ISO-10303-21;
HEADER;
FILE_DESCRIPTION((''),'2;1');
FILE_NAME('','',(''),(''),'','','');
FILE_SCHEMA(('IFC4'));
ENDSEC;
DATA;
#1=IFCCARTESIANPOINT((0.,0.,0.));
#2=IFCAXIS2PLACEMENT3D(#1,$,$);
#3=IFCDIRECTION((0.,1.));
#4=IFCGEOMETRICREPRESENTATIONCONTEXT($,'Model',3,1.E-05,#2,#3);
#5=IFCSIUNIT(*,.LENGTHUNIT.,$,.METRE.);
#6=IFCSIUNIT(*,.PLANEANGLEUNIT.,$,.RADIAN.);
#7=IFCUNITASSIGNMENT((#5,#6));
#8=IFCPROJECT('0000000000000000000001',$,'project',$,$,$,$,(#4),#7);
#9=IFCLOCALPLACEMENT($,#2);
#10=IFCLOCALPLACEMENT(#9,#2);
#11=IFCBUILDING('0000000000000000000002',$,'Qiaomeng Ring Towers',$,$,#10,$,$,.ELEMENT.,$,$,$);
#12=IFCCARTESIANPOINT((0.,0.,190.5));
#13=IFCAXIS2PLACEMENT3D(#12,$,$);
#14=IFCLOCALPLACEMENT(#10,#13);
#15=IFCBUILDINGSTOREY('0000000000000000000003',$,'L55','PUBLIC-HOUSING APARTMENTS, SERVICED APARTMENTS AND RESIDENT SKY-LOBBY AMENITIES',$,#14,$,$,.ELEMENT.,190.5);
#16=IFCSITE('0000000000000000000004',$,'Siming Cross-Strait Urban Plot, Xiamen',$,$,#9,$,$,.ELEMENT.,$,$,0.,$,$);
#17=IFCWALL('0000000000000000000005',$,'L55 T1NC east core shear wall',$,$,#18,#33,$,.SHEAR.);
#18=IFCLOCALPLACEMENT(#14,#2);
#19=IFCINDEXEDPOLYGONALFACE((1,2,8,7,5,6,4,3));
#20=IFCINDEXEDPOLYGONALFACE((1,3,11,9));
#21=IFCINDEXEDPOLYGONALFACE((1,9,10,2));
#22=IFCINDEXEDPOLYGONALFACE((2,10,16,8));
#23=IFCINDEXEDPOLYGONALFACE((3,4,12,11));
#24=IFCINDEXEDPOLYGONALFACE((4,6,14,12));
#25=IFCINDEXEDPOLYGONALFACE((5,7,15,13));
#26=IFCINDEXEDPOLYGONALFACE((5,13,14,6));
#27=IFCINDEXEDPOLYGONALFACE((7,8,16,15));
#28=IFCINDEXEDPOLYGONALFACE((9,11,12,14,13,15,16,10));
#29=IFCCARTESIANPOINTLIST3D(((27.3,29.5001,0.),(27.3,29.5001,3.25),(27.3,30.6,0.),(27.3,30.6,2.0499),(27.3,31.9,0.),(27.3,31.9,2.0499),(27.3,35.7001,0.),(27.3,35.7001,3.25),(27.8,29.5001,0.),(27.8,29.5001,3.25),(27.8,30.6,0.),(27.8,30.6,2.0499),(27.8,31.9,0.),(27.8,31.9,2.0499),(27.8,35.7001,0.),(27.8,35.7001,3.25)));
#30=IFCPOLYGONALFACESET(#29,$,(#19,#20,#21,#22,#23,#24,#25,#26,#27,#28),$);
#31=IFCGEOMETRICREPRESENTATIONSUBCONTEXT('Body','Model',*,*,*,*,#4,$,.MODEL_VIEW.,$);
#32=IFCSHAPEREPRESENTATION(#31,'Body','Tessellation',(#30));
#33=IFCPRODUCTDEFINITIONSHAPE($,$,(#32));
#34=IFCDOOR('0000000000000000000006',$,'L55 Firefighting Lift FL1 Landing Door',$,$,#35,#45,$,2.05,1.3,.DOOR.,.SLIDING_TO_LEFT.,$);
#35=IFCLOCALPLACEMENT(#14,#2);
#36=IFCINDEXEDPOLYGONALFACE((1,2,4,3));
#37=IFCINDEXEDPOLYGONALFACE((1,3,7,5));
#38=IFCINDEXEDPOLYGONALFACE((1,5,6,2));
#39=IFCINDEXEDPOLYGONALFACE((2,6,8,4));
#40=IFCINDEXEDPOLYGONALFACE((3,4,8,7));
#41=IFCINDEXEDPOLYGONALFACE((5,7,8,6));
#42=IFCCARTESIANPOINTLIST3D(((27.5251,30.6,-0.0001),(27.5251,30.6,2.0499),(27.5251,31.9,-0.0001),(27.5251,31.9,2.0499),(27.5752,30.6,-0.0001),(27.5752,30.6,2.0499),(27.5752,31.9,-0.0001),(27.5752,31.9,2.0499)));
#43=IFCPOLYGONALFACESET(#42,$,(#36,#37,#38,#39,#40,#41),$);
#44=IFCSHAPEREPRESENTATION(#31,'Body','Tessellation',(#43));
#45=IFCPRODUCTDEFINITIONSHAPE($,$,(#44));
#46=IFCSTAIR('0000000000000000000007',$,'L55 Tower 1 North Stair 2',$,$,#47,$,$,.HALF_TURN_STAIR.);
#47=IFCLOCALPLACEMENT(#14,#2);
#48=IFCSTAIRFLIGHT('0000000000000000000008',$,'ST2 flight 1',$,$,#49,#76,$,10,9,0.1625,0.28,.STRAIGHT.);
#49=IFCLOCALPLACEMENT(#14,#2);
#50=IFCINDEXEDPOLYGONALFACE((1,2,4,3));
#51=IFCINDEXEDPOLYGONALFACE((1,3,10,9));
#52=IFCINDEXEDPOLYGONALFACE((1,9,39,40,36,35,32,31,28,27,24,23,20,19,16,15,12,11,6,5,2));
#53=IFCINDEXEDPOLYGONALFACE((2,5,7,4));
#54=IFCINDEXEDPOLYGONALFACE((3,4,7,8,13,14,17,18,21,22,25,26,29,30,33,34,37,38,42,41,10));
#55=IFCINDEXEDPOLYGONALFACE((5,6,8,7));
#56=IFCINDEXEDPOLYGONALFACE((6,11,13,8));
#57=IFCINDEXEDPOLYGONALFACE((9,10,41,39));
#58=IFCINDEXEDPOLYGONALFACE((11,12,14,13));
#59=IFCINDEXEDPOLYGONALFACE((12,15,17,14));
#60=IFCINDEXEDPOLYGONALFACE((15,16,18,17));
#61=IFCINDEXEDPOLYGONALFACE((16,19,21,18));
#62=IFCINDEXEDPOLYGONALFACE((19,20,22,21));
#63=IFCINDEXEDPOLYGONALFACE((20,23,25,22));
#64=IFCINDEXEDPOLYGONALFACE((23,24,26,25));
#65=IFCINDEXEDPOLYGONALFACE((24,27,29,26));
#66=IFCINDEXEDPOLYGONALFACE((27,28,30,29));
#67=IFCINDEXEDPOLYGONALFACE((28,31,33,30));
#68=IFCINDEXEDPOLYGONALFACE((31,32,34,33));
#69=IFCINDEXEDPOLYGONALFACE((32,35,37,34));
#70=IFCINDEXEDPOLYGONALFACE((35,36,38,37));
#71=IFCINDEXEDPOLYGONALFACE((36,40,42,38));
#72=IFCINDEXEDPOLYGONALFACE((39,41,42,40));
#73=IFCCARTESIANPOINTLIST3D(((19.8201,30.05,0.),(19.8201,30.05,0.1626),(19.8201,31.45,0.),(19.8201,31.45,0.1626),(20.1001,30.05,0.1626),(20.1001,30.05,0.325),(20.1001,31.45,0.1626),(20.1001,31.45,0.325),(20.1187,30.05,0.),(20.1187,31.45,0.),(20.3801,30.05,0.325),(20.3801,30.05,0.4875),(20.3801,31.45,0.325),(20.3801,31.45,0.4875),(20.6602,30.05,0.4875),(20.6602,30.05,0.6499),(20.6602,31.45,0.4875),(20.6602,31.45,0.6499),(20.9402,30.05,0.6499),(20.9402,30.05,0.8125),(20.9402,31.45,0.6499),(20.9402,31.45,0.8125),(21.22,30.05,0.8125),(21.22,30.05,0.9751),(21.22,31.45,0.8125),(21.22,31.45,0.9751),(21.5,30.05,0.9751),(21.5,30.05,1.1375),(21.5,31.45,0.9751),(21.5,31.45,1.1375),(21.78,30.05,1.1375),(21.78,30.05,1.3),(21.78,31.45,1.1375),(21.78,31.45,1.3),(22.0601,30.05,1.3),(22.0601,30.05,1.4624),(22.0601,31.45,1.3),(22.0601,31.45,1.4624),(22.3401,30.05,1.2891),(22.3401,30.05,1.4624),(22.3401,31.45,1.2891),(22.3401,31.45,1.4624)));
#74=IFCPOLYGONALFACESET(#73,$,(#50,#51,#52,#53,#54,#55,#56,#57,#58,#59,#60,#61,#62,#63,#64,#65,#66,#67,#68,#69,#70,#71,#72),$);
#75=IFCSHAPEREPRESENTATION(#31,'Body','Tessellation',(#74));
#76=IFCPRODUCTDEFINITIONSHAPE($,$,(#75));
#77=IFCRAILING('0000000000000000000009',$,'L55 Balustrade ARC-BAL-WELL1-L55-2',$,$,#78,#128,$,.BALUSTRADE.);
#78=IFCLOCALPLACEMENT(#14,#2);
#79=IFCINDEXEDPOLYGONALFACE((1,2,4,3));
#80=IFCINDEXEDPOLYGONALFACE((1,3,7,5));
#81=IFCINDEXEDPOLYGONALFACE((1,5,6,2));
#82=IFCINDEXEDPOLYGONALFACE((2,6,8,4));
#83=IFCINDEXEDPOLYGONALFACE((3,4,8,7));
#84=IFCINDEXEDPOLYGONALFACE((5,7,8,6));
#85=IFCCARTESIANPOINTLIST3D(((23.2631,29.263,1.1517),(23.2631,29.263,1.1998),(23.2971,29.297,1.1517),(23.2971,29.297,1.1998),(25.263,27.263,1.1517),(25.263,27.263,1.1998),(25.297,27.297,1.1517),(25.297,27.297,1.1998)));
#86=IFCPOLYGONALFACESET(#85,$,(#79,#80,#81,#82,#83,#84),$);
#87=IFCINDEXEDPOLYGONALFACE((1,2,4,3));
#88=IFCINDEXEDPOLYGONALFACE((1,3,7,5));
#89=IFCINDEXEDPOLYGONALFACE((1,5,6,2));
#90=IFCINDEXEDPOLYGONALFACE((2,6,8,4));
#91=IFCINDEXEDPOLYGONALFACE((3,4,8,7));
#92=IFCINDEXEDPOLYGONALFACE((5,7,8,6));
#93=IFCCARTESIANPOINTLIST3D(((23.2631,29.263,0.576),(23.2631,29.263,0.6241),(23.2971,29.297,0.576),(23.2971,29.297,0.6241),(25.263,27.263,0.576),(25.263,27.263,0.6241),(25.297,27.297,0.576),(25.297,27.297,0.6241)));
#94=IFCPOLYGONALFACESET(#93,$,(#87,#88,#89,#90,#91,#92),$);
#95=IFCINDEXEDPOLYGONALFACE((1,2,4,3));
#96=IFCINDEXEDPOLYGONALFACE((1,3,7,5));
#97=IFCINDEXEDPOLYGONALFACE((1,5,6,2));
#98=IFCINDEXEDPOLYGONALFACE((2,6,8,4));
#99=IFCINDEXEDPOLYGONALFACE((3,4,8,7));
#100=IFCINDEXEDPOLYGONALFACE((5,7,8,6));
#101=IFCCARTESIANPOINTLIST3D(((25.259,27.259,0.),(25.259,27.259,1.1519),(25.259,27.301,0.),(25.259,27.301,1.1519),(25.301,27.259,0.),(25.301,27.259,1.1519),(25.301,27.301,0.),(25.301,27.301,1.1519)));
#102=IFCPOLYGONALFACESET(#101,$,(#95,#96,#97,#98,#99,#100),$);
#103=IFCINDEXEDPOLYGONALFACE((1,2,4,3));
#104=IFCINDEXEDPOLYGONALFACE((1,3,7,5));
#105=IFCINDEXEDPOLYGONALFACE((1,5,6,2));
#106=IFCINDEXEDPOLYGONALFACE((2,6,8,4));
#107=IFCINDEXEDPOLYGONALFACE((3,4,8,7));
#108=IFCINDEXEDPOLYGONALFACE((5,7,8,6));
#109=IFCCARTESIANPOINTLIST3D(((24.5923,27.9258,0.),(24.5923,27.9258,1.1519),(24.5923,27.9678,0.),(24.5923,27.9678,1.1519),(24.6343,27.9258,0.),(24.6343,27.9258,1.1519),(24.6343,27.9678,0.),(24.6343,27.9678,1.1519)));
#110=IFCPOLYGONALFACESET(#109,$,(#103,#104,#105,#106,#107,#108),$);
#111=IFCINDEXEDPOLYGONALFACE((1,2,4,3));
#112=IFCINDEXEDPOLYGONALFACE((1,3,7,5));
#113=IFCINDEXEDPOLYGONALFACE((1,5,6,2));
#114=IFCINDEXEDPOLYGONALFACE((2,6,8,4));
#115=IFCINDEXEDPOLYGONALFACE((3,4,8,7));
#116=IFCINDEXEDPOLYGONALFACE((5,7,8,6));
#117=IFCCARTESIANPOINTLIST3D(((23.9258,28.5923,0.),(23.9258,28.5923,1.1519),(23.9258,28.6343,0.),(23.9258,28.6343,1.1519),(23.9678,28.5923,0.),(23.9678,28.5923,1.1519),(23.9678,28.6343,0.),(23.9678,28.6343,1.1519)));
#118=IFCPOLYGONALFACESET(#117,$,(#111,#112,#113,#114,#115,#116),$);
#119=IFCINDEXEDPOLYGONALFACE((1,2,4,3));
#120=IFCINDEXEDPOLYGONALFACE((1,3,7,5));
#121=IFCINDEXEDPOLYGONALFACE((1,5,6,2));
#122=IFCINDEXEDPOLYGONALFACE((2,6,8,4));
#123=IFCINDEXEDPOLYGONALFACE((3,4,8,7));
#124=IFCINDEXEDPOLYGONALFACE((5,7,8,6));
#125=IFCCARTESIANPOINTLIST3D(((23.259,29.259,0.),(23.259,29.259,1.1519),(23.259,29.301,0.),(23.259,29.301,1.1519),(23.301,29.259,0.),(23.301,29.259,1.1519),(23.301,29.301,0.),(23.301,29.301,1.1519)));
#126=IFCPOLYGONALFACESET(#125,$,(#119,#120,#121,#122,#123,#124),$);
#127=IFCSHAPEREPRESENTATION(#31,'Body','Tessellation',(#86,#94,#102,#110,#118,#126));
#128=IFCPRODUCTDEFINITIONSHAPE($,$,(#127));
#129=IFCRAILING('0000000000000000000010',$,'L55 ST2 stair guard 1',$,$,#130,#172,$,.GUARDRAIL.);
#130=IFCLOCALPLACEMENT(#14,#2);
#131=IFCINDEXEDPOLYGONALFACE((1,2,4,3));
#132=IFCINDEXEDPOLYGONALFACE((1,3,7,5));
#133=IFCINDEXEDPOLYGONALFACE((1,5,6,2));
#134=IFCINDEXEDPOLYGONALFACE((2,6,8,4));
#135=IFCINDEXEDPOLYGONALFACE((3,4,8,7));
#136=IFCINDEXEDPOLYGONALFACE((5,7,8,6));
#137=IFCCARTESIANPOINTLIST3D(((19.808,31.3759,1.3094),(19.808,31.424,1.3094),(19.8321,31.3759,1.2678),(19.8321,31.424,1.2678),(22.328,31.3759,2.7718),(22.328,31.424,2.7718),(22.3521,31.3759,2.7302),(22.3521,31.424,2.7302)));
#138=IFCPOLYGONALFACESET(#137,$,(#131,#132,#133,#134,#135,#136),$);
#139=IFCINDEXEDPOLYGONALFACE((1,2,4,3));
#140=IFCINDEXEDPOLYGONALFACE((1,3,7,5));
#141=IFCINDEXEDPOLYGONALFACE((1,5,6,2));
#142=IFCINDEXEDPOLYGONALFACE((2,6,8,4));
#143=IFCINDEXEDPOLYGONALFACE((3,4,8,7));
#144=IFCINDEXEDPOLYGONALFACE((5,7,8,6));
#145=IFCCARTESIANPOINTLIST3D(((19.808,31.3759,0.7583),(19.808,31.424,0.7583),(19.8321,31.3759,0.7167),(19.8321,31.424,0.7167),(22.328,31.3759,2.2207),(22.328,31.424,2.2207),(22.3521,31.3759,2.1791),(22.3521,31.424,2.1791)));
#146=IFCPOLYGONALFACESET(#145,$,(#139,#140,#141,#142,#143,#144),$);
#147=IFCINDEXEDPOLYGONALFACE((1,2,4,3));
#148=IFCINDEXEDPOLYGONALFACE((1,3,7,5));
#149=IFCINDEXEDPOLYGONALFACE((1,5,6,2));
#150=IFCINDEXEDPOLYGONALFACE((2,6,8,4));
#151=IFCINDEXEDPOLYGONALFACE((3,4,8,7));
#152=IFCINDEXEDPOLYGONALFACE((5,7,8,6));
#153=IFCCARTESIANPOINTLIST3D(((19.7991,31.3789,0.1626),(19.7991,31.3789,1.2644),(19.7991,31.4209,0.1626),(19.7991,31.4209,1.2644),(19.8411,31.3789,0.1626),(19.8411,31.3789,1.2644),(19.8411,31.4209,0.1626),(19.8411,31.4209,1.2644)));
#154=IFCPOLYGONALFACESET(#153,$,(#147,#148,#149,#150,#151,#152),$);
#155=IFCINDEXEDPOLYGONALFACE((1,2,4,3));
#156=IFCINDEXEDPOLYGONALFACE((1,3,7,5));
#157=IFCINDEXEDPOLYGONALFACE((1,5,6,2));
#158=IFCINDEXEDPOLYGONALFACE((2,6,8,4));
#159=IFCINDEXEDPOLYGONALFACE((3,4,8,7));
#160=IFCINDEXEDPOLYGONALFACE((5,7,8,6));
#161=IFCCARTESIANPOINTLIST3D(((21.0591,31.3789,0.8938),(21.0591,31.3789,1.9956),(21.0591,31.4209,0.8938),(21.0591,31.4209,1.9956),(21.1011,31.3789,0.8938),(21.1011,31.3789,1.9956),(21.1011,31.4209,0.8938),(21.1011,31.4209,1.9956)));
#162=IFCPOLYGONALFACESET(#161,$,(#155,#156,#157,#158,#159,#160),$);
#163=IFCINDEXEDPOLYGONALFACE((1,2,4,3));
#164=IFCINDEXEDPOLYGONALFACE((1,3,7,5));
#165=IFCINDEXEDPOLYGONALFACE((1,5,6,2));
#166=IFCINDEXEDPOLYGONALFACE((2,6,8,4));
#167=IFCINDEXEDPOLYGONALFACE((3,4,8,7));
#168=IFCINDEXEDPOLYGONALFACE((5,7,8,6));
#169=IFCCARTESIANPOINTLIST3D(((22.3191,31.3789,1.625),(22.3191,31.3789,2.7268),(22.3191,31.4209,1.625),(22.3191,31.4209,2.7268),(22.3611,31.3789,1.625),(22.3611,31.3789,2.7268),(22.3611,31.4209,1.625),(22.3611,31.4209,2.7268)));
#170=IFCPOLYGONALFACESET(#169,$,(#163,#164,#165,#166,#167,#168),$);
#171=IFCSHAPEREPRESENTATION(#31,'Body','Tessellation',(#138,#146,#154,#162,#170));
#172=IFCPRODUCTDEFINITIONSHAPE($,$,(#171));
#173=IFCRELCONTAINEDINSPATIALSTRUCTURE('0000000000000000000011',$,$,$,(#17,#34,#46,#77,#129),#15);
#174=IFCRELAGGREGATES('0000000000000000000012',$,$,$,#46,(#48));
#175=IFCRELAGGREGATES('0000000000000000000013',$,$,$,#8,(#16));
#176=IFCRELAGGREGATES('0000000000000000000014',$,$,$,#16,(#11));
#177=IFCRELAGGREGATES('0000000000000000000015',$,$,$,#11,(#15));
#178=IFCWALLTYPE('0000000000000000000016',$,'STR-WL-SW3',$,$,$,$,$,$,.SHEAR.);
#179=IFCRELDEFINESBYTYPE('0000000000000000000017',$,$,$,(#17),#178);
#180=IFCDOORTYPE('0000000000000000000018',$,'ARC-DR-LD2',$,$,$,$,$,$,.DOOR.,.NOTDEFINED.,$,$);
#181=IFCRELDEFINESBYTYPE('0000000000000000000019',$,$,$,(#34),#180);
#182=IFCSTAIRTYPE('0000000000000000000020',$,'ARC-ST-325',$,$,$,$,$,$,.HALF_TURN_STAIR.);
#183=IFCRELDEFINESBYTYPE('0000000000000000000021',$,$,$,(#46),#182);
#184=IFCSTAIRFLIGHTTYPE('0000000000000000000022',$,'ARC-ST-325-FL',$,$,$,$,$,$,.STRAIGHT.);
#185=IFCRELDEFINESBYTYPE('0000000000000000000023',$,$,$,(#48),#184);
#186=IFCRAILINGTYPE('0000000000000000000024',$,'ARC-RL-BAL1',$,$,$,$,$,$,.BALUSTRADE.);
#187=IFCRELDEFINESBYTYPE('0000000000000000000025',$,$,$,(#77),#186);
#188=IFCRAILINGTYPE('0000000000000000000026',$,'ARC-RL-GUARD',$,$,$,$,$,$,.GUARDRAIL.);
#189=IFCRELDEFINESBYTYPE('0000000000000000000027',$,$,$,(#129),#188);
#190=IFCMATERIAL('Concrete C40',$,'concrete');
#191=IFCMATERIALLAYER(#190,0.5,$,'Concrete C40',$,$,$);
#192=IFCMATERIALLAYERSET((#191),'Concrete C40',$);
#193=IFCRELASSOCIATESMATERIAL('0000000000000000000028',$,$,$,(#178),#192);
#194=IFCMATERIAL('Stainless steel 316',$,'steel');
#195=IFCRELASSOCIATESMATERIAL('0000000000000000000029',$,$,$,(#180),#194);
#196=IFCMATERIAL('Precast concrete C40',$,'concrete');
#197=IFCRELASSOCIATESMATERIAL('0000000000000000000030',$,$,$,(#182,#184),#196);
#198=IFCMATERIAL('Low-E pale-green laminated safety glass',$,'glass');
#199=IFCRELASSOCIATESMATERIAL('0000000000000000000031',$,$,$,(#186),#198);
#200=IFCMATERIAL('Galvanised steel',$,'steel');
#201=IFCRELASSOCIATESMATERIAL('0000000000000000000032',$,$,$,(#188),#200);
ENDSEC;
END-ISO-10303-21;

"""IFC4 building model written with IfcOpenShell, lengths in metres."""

from ifc_helpers import new_model, si_unit, direction, frame, frame_2d, origin, origin_2d, place, context, subcontext, project, spatial, polyline, rectangle, outline, extrude, source, transform, mapped, material, layer, layer_set, type_object, element, fill, aggregate, save


model = new_model("IFC4")

# Units and contexts
model_context = context("Model", 3, precision=1e-05, world=origin(), true_north=direction((0.0, 1.0)))
body_context = subcontext(model_context, "Body", "Model", "MODEL_VIEW")
ifc_project = project(units=[si_unit("LENGTHUNIT", "METRE"), si_unit("PLANEANGLEUNIT", "RADIAN")], contexts=[model_context])

# Site, building, storey
site_placement = place(None, origin())
site = spatial("IfcSite", under=ifc_project, at=site_placement, Name="Siming Cross-Strait Urban Plot, Xiamen", CompositionType="ELEMENT", RefElevation=0.0)
building_placement = place(site_placement, origin())
building = spatial("IfcBuilding", under=site, at=building_placement, Name="Qiaomeng Ring Towers", CompositionType="ELEMENT")
storey_placement = place(building_placement, frame((0.0, 0.0, 190.5)))
storey = spatial("IfcBuildingStorey", under=building, at=storey_placement, Name="L55", Description="PUBLIC-HOUSING APARTMENTS, SERVICED APARTMENTS AND RESIDENT SKY-LOBBY AMENITIES", CompositionType="ELEMENT", Elevation=190.5)

# Shared definitions
ifc_material_1 = material(Name="Concrete C40", Category="concrete")

# Shared definitions
ifc_material_2 = material(Name="Stainless steel 316", Category="steel")

# Shared definitions
ifc_material_3 = material(Name="Galvanised steel", Category="steel")

# Wall, opening, door
ifc_layer_1 = layer(ifc_material_1, 0.5, Name="Concrete C40")
ifc_layer_set_1 = layer_set([ifc_layer_1], Name="Concrete C40")
wall_type_1 = type_object("IfcWallType", Name="STR-WL-SW3", PredefinedType="SHEAR", material=ifc_layer_set_1)
wall_1_placement = place(storey_placement, frame((27.55, 29.5, 0.0), z_axis=(0.0, 0.0, 1.0), x_axis=(0.0, 1.0, 0.0)))
wall_1 = element("IfcWall", 1, at=wall_1_placement, inside=storey, type_object=wall_type_1, Name="L55 T1NC east core shear wall", PredefinedType="SHEAR", context=body_context, shape_type="SweptSolid", body=[
    extrude(rectangle(XDim=6.2, YDim=0.5, at=frame_2d((3.1001, 0.0))), origin(), (0.0, 0.0, 1.0), 3.25),
])
opening_1_placement = place(wall_1_placement, frame((1.1001, 0.0, 0.0)))
opening_1 = element("IfcOpeningElement", 2, at=opening_1_placement, cuts=wall_1, PredefinedType="OPENING", context=body_context, shape_type="SweptSolid", body=[
    extrude(rectangle(XDim=1.3, YDim=2.05, at=frame_2d((0.6499, 1.0249))), frame((0.0, 0.26, 0.0), z_axis=(0.0, -1.0, 0.0), x_axis=(1.0, 0.0, 0.0)), (0.0, 0.0, 1.0), 0.52),
])
door_type_1 = type_object("IfcDoorType", Name="ARC-DR-LD2", OperationType="NOTDEFINED", PredefinedType="DOOR", material=ifc_material_2)
shared_shape_1 = source(origin(), body_context, "Body", "SweptSolid", [
    extrude(rectangle(XDim=1.3, YDim=2.05, at=frame_2d((0.6499, 1.0249))), frame((0.0, 0.0249, 0.0), z_axis=(0.0, -1.0, 0.0), x_axis=(1.0, 0.0, 0.0)), (0.0, 0.0, 1.0), 0.05),
])
door_1_placement = place(opening_1_placement, origin())
door_1 = element("IfcDoor", 3, at=door_1_placement, inside=storey, type_object=door_type_1, Name="L55 Firefighting Lift FL1 Landing Door", OperationType="SLIDING_TO_LEFT", OverallHeight=2.05, OverallWidth=1.3, PredefinedType="DOOR", context=body_context, shape_type="MappedRepresentation", body=[
    mapped(shared_shape_1, transform((0.0, 0.0, 0.0), x_axis=(1.0, 0.0, 0.0), y_axis=(0.0, 1.0, 0.0), z_axis=(0.0, 0.0, 1.0), scale=1.0)),
])
fill(opening_1, door_1)

# Stair, stair flight
ifc_material_4 = material(Name="Precast concrete C40", Category="concrete")
stair_type = type_object("IfcStairType", Name="ARC-ST-325", PredefinedType="HALF_TURN_STAIR", material=ifc_material_4)
stair_placement = place(storey_placement, origin())
stair = element("IfcStair", 4, at=stair_placement, inside=storey, type_object=stair_type, Name="L55 Tower 1 North Stair 2", PredefinedType="HALF_TURN_STAIR")
stair_flight_type = type_object("IfcStairFlightType", Name="ARC-ST-325-FL", PredefinedType="STRAIGHT", material=ifc_material_4)
shared_shape_2 = source(origin(), body_context, "Body", "SweptSolid", [
    extrude(outline(polyline([(0.0, 0.0), (0.0, 0.1626), (0.28, 0.1626), (0.28, 0.325), (0.5601, 0.325), (0.5601, 0.4875), (0.8401, 0.4875), (0.8401, 0.6499), (1.1201, 0.6499), (1.1201, 0.8125), (1.3999, 0.8125), (1.3999, 0.9751), (1.6799, 0.9751), (1.6799, 1.1375), (1.96, 1.1375), (1.96, 1.3), (2.24, 1.3), (2.24, 1.4624), (2.52, 1.4624), (2.52, 1.625), (2.52, 1.2891), (0.2986, 0.0), (0.0, 0.0)])), frame((0.0, 0.7, 0.0), z_axis=(0.0, -1.0, 0.0), x_axis=(1.0, 0.0, 0.0)), (0.0, 0.0, 1.0), 1.3999),
])
stair_flight_placement = place(storey_placement, frame((19.8201, 30.75, 0.0), z_axis=(0.0, 0.0, 1.0), x_axis=(1.0, 0.0, 0.0)))
stair_flight = element("IfcStairFlight", 5, at=stair_flight_placement, type_object=stair_flight_type, Name="ST2 flight 1", NumberOfRisers=10, NumberOfTreads=9, PredefinedType="STRAIGHT", RiserHeight=0.1625, TreadLength=0.28, context=body_context, shape_type="MappedRepresentation", body=[
    mapped(shared_shape_2, transform((0.0, 0.0, 0.0), x_axis=(1.0, 0.0, 0.0), y_axis=(0.0, 1.0, 0.0), z_axis=(0.0, 0.0, 1.0), scale=1.0)),
])
aggregate(stair, [stair_flight])

# Railings
ifc_material_5 = material(Name="Low-E pale-green laminated safety glass", Category="glass")
railing_type_1 = type_object("IfcRailingType", Name="ARC-RL-BAL1", PredefinedType="BALUSTRADE", material=ifc_material_5)
railing_1_placement = place(storey_placement, frame((25.28, 27.28, 0.0)))
element("IfcRailing", 6, at=railing_1_placement, inside=storey, type_object=railing_type_1, Name="L55 Balustrade ARC-BAL-WELL1-L55-2", PredefinedType="BALUSTRADE", context=body_context, shape_type="SweptSolid", body=[
    extrude(rectangle(XDim=0.0481, YDim=0.0481, at=origin_2d()), frame((0.0, 0.0, 1.1758), z_axis=(-0.707107, 0.707107, 0.0), x_axis=(-0.707107, -0.707107, 0.0)), (0.0, 0.0, 1.0), 2.8284),
    extrude(rectangle(XDim=0.0481, YDim=0.0481, at=origin_2d()), frame((0.0, 0.0, 0.6001), z_axis=(-0.707107, 0.707107, 0.0), x_axis=(-0.707107, -0.707107, 0.0)), (0.0, 0.0, 1.0), 2.8284),
    extrude(rectangle(XDim=0.042, YDim=0.042, at=origin_2d()), origin(), (0.0, 0.0, 1.0), 1.1519),
    extrude(rectangle(XDim=0.042, YDim=0.042, at=origin_2d()), frame((-0.6667, 0.6667, 0.0)), (0.0, 0.0, 1.0), 1.1519),
    extrude(rectangle(XDim=0.042, YDim=0.042, at=origin_2d()), frame((-1.3333, 1.3333, 0.0)), (0.0, 0.0, 1.0), 1.1519),
    extrude(rectangle(XDim=0.042, YDim=0.042, at=origin_2d()), frame((-2.0, 2.0, 0.0)), (0.0, 0.0, 1.0), 1.1519),
])
railing_type_2 = type_object("IfcRailingType", Name="ARC-RL-GUARD", PredefinedType="GUARDRAIL", material=ifc_material_3)
railing_2_placement = place(storey_placement, frame((19.8201, 31.3999, 0.1626)))
element("IfcRailing", 7, at=railing_2_placement, inside=storey, type_object=railing_type_2, Name="L55 ST2 stair guard 1", PredefinedType="GUARDRAIL", context=body_context, shape_type="SweptSolid", body=[
    extrude(rectangle(XDim=0.0481, YDim=0.0481, at=origin_2d()), frame((0.0, 0.0, 1.126), z_axis=(0.864913, 0.0, 0.501921), x_axis=(0.0, 1.0, 0.0)), (0.0, 0.0, 1.0), 2.9136),
    extrude(rectangle(XDim=0.0481, YDim=0.0481, at=origin_2d()), frame((0.0, 0.0, 0.575), z_axis=(0.864913, 0.0, 0.501921), x_axis=(0.0, 1.0, 0.0)), (0.0, 0.0, 1.0), 2.9136),
    extrude(rectangle(XDim=0.042, YDim=0.042, at=origin_2d()), origin(), (0.0, 0.0, 1.0), 1.1018),
    extrude(rectangle(XDim=0.042, YDim=0.042, at=origin_2d()), frame((1.26, 0.0, 0.7312)), (0.0, 0.0, 1.0), 1.1018),
    extrude(rectangle(XDim=0.042, YDim=0.042, at=origin_2d()), frame((2.52, 0.0, 1.4624)), (0.0, 0.0, 1.0), 1.1018),
])

save(model, "model.ifc")
